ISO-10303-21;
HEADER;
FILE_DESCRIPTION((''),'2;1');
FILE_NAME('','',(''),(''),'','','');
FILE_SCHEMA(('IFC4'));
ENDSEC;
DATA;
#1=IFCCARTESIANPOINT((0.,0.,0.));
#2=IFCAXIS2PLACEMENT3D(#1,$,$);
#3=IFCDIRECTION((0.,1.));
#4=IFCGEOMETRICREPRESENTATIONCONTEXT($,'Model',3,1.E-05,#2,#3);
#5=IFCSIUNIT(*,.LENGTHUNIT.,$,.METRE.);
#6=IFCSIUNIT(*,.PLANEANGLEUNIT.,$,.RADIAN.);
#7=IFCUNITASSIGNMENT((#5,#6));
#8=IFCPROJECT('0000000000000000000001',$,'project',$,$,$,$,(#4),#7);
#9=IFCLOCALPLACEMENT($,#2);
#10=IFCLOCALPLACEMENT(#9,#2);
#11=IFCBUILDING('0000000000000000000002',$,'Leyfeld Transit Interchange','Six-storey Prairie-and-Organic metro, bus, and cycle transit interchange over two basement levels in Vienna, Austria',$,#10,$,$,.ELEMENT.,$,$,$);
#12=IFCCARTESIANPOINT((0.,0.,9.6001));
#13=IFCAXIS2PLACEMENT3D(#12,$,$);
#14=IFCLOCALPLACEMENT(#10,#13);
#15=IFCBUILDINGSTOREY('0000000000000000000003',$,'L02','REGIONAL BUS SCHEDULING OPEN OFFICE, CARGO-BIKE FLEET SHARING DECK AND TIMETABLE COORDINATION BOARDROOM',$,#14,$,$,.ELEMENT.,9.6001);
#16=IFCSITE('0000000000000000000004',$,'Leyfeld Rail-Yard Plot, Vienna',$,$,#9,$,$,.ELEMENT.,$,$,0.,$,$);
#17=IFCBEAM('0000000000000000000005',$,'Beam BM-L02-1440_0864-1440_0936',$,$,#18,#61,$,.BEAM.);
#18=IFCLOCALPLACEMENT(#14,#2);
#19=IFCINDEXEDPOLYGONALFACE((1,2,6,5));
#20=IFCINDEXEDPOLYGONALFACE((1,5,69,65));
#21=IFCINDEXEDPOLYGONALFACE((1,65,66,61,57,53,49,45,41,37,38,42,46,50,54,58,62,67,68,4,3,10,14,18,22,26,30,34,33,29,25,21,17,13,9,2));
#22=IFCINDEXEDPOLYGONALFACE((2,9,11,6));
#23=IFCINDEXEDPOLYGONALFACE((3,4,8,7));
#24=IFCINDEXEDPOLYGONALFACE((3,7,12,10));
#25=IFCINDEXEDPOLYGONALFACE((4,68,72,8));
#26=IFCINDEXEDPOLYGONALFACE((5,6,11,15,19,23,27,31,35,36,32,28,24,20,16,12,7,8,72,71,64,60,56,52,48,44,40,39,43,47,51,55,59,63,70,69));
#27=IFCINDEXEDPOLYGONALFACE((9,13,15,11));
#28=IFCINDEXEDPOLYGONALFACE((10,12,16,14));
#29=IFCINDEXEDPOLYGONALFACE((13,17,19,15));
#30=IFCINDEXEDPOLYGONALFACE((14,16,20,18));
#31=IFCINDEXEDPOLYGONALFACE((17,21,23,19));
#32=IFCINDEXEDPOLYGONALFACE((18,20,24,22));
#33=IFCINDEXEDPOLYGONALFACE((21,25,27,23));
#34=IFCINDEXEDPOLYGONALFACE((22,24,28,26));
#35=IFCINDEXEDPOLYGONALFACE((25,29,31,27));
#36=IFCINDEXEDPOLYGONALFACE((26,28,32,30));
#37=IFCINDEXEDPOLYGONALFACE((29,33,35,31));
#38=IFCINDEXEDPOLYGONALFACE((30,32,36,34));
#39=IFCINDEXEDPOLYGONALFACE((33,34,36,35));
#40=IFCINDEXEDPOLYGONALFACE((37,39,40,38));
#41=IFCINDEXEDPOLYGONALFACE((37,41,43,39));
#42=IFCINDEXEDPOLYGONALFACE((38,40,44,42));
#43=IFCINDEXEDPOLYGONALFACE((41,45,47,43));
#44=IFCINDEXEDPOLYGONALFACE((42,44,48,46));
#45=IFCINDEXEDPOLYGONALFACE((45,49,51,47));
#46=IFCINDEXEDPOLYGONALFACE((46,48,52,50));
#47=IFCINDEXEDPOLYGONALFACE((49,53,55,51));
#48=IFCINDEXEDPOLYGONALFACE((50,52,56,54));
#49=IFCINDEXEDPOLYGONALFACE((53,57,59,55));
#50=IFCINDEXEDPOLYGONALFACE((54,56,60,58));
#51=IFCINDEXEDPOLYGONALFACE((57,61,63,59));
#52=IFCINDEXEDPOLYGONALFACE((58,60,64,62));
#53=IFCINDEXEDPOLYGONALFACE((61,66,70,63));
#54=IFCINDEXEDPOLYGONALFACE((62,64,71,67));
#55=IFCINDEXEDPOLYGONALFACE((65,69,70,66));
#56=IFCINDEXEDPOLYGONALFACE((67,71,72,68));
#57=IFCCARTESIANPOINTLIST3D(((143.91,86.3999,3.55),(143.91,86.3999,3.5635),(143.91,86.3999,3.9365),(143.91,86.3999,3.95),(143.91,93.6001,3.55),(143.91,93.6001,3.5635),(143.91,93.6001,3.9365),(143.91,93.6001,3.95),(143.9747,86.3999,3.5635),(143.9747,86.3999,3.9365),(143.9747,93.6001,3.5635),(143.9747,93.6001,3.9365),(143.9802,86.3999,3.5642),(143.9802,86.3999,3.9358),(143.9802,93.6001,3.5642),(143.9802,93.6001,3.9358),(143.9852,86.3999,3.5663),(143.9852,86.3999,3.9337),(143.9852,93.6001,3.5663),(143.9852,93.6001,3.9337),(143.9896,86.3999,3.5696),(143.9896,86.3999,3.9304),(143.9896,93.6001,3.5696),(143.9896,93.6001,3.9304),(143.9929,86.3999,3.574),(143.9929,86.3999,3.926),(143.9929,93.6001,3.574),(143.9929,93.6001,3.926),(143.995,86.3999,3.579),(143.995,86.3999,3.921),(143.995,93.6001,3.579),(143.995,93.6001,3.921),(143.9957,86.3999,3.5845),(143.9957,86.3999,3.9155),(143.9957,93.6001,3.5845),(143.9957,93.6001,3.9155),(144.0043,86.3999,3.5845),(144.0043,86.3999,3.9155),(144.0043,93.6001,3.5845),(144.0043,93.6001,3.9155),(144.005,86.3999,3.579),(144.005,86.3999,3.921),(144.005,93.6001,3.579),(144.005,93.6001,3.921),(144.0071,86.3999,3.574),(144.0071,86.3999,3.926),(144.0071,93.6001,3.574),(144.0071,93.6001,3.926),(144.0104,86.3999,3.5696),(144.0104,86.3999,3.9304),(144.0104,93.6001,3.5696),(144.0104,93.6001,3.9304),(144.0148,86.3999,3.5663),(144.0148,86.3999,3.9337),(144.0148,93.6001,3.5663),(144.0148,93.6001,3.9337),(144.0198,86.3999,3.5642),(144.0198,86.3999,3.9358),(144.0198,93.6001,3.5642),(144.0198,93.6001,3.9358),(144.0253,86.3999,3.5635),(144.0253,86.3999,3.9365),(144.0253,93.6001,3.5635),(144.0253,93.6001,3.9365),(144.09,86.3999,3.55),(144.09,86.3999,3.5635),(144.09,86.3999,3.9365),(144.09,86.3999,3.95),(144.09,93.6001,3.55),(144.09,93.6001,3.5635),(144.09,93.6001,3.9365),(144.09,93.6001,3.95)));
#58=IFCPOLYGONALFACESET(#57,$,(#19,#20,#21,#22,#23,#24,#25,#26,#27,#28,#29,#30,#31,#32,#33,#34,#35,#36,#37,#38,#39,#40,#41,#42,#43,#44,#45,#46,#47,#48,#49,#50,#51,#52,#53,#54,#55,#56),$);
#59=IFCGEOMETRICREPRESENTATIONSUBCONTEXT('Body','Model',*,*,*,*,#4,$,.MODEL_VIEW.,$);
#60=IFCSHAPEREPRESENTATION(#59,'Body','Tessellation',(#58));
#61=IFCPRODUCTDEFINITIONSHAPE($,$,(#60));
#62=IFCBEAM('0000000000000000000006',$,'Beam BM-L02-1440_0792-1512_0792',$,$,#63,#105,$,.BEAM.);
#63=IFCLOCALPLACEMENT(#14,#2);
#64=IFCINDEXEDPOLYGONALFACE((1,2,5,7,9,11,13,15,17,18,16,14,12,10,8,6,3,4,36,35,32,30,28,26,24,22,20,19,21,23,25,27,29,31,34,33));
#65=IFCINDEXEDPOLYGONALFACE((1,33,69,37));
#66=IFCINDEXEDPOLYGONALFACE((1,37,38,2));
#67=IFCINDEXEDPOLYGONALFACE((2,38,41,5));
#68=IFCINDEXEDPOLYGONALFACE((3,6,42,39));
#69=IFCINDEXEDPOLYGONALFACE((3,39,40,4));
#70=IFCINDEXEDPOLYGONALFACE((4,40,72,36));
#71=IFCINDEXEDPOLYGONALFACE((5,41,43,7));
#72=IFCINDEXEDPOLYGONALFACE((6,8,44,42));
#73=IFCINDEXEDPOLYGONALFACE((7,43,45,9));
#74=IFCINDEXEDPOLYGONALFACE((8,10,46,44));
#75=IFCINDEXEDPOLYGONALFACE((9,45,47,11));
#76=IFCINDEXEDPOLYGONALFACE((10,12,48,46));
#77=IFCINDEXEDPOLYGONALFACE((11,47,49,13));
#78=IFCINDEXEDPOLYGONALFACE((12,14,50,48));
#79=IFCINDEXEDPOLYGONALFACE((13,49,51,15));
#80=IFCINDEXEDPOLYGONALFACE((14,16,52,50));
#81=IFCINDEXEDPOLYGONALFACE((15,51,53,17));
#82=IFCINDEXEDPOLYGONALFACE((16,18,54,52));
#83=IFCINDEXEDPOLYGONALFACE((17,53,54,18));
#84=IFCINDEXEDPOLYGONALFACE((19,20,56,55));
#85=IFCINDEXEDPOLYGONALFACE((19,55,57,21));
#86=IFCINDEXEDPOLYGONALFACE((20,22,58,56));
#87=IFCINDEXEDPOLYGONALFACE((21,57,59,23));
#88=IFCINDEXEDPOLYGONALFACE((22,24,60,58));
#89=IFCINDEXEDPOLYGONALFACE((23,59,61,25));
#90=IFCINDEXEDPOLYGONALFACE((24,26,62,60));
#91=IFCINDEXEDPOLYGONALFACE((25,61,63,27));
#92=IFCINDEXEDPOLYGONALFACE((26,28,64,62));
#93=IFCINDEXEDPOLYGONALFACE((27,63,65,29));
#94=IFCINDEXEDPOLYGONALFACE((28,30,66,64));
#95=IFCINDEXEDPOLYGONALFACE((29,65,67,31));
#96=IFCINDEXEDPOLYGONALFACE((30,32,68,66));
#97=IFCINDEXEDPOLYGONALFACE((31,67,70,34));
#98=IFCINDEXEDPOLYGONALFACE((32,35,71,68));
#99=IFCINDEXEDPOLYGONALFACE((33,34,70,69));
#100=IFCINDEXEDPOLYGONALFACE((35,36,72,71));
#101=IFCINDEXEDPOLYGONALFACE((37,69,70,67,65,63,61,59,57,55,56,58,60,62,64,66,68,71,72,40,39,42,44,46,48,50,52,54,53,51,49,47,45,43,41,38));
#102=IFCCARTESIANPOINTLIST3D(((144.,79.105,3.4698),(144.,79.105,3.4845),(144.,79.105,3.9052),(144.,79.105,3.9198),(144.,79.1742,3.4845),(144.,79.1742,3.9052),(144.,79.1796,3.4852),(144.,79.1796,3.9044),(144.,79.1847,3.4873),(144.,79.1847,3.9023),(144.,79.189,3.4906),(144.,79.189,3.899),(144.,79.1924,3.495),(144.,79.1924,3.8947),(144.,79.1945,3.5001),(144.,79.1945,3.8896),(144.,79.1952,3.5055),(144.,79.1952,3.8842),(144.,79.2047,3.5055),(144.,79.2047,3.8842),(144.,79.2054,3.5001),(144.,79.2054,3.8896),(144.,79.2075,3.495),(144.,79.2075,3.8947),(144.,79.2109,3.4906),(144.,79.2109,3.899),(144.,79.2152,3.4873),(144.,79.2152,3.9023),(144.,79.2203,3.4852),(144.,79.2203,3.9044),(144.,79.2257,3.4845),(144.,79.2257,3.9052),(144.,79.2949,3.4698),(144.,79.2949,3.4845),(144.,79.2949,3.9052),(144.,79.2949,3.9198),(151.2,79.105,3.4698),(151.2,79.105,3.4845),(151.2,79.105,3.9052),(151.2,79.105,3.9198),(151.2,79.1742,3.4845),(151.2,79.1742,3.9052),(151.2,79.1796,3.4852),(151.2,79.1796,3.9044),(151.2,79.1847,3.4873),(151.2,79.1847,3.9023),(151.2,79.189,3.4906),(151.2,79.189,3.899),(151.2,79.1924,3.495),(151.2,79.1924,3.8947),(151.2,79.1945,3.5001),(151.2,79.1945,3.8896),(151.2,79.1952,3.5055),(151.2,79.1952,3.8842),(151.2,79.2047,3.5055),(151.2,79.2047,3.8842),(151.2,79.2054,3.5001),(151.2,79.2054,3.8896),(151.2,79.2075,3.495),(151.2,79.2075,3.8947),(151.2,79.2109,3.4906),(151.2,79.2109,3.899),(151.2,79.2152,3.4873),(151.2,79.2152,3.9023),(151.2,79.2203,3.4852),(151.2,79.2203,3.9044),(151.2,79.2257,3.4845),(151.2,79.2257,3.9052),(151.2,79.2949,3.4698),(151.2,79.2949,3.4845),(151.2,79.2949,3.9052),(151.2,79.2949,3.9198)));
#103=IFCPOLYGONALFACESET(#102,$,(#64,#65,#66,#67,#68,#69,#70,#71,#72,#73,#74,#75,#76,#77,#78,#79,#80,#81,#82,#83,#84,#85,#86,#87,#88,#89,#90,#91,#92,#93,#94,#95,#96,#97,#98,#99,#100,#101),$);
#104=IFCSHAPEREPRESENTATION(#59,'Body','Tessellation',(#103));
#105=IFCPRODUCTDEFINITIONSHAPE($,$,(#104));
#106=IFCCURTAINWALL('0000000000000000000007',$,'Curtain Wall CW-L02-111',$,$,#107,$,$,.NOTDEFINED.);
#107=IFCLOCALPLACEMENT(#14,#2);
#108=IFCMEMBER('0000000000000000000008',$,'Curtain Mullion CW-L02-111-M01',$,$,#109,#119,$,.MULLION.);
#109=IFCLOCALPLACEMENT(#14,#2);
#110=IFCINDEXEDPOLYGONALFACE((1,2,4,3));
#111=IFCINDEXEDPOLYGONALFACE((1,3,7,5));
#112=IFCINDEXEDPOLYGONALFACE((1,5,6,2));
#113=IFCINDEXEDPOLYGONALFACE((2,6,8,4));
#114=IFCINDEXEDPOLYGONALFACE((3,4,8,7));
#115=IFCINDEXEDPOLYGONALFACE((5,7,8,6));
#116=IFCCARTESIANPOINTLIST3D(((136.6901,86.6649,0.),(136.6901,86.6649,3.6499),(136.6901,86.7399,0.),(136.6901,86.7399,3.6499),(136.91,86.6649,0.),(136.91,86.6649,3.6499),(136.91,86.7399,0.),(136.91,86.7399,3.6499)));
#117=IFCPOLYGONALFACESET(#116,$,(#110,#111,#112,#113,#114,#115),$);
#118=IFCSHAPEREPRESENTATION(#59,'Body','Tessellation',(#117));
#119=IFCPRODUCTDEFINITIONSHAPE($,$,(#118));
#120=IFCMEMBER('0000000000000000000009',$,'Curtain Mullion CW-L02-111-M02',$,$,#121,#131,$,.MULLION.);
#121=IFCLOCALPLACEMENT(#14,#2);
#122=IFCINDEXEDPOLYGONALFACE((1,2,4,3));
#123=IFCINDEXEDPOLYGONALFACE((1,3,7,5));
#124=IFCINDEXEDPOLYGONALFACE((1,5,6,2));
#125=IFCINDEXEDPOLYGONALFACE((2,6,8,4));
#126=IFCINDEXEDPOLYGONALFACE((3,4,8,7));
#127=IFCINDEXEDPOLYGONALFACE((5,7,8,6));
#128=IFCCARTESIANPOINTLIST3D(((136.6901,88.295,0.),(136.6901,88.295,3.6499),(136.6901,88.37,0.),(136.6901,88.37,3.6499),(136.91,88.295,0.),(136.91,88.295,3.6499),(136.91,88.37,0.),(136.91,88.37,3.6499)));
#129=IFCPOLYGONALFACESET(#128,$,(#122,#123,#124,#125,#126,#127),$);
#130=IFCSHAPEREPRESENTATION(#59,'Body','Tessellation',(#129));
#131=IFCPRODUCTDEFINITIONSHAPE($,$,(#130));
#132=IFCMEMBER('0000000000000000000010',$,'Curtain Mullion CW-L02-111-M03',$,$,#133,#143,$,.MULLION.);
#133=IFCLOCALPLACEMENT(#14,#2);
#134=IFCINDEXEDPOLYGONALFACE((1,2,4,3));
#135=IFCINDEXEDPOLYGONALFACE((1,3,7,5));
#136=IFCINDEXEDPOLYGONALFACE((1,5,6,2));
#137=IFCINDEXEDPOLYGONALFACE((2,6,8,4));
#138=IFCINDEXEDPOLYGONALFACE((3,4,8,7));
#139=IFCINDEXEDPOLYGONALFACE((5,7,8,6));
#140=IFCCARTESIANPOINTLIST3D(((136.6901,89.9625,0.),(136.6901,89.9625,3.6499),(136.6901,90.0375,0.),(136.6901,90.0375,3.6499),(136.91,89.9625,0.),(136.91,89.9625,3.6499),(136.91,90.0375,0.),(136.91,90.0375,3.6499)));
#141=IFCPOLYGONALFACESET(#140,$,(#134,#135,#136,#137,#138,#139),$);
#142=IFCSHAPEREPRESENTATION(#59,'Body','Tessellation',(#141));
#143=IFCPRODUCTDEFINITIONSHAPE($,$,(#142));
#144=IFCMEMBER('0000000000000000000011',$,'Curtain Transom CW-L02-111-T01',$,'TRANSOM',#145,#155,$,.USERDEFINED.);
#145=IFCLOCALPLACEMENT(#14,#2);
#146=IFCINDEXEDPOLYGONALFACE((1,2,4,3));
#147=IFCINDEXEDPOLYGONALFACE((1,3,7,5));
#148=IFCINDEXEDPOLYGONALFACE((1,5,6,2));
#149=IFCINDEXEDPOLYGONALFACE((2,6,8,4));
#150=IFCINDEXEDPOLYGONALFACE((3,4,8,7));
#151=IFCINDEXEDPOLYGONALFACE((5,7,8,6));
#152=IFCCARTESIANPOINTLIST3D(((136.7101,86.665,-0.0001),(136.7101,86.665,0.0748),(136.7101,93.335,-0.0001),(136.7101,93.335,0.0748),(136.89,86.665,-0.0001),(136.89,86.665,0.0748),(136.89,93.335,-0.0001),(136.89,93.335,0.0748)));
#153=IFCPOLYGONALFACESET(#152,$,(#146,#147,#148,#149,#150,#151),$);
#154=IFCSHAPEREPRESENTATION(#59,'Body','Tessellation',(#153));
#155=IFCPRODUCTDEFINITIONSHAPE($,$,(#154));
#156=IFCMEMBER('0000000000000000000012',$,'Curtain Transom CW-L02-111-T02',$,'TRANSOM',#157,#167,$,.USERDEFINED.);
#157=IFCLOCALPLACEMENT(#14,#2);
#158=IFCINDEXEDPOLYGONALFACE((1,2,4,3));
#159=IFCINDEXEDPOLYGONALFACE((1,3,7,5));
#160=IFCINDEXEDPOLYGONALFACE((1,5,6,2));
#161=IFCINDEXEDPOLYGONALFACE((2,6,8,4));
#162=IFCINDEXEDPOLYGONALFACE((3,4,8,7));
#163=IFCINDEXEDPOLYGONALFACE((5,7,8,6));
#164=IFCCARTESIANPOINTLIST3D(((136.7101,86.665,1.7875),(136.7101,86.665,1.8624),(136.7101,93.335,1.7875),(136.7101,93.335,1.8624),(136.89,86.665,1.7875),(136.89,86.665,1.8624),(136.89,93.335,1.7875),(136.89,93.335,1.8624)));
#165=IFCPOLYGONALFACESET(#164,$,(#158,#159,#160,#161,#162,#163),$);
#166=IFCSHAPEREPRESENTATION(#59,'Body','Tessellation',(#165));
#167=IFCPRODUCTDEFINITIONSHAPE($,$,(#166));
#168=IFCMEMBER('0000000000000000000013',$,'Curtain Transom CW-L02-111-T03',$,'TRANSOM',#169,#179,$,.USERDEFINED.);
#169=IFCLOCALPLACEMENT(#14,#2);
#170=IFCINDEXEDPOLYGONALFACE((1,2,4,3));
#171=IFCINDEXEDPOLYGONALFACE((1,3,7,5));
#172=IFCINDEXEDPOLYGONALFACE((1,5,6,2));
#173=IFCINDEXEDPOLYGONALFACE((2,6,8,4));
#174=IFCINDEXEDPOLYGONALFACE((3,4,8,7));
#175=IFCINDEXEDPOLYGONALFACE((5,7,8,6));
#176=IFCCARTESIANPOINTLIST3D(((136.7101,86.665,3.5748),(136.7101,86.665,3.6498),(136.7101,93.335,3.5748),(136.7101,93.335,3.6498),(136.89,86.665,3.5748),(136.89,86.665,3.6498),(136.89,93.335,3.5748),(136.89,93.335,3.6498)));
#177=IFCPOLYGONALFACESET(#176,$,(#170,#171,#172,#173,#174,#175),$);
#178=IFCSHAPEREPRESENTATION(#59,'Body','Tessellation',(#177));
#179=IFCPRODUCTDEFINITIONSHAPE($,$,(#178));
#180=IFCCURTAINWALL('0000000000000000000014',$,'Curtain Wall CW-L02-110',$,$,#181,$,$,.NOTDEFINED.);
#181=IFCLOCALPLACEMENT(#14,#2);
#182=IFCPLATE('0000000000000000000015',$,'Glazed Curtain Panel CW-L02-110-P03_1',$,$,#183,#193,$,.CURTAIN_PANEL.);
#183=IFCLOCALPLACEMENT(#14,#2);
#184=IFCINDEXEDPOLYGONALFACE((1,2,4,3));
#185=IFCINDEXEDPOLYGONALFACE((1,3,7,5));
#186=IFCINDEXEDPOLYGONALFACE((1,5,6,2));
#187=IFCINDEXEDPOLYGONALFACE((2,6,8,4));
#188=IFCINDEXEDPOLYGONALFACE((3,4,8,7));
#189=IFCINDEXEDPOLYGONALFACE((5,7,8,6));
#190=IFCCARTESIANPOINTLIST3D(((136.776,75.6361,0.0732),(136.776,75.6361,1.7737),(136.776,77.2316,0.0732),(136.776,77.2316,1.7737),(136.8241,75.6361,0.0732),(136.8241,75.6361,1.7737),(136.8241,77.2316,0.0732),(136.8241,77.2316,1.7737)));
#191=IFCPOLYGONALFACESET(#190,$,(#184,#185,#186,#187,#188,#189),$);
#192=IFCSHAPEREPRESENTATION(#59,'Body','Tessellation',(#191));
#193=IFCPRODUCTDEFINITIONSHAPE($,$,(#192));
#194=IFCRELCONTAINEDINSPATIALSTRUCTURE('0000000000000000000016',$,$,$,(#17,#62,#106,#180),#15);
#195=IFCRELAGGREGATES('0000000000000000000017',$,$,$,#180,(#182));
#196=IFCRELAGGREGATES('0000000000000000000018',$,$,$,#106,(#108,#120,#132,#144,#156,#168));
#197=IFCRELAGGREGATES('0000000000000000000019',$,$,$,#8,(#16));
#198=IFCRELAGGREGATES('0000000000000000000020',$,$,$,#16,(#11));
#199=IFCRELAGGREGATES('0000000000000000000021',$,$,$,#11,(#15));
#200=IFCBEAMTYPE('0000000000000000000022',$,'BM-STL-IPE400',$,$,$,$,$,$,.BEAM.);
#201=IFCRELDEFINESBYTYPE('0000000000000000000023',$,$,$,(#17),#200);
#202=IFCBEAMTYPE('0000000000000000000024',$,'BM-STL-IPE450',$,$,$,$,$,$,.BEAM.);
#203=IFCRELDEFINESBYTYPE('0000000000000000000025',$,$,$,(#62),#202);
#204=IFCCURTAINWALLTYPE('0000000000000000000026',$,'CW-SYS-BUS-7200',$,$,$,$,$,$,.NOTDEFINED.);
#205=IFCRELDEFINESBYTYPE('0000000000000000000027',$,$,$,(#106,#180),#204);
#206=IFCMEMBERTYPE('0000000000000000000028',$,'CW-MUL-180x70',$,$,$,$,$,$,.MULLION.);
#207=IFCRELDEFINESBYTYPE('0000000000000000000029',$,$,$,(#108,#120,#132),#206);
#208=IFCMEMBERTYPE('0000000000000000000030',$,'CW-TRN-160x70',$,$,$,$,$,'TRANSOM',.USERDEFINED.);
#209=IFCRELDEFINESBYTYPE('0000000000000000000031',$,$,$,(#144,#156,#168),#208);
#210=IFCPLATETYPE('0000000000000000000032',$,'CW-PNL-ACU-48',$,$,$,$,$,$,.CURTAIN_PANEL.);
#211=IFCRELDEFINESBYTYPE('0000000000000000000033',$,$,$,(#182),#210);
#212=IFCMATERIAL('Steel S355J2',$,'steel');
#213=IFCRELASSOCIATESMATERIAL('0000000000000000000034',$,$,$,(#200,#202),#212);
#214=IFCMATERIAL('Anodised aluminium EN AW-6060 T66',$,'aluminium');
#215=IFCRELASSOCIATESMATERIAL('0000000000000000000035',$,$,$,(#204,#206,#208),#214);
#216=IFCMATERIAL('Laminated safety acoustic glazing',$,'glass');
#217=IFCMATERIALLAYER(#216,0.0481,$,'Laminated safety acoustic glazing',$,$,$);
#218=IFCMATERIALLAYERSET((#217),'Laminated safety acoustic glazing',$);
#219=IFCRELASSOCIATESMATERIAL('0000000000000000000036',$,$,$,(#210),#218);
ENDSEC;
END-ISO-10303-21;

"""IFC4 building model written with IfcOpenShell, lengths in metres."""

from ifc_helpers import new_model, si_unit, direction, frame, origin, origin_2d, place, context, subcontext, project, spatial, rectangle, i_section, extrude, material, layer, layer_set, material_profile, profile_set, type_object, element, aggregate, save


model = new_model("IFC4")

# Units and contexts
model_context = context("Model", 3, precision=1e-05, world=origin(), true_north=direction((0.0, 1.0)))
body_context = subcontext(model_context, "Body", "Model", "MODEL_VIEW")
ifc_project = project(units=[si_unit("LENGTHUNIT", "METRE"), si_unit("PLANEANGLEUNIT", "RADIAN")], contexts=[model_context])

# Site, building, storey
site_placement = place(None, origin())
site = spatial("IfcSite", under=ifc_project, at=site_placement, Name="Leyfeld Rail-Yard Plot, Vienna", CompositionType="ELEMENT", RefElevation=0.0)
building_placement = place(site_placement, origin())
building = spatial("IfcBuilding", under=site, at=building_placement, Name="Leyfeld Transit Interchange", Description="Six-storey Prairie-and-Organic metro, bus, and cycle transit interchange over two basement levels in Vienna, Austria", CompositionType="ELEMENT")
storey_placement = place(building_placement, frame((0.0, 0.0, 9.6001)))
storey = spatial("IfcBuildingStorey", under=building, at=storey_placement, Name="L02", Description="REGIONAL BUS SCHEDULING OPEN OFFICE, CARGO-BIKE FLEET SHARING DECK AND TIMETABLE COORDINATION BOARDROOM", CompositionType="ELEMENT", Elevation=9.6001)

# Beams
ifc_material_1 = material(Name="Steel S355J2", Category="steel")
ifc_material_profile_1 = material_profile(ifc_material_1, i_section(OverallWidth=0.1799, OverallDepth=0.3999, WebThickness=0.0085, FlangeThickness=0.0134, FilletRadius=0.021, at=origin_2d()), Name="IPE 400")
ifc_profile_set_1 = profile_set([ifc_material_profile_1], Name="Steel S355J2")
beam_type_1 = type_object("IfcBeamType", Name="BM-STL-IPE400", PredefinedType="BEAM", material=ifc_profile_set_1)
beam_1_placement = place(storey_placement, frame((144.0, 86.3999, 3.75), z_axis=(0.0, 1.0, 0.0), x_axis=(-1.0, 0.0, 0.0)))
element("IfcBeam", 1, at=beam_1_placement, inside=storey, type_object=beam_type_1, Name="Beam BM-L02-1440_0864-1440_0936", PredefinedType="BEAM", context=body_context, shape_type="SweptSolid", body=[
    extrude(i_section(OverallWidth=0.1799, OverallDepth=0.3999, WebThickness=0.0085, FlangeThickness=0.0134, FilletRadius=0.021, at=origin_2d()), origin(), (0.0, 0.0, 1.0), 7.2002),
])
ifc_material_profile_2 = material_profile(ifc_material_1, i_section(OverallWidth=0.1899, OverallDepth=0.45, WebThickness=0.0095, FlangeThickness=0.0146, FilletRadius=0.021, at=origin_2d()), Name="IPE 450")
ifc_profile_set_2 = profile_set([ifc_material_profile_2], Name="Steel S355J2")
beam_type_2 = type_object("IfcBeamType", Name="BM-STL-IPE450", PredefinedType="BEAM", material=ifc_profile_set_2)
beam_2_placement = place(storey_placement, frame((144.0, 79.2, 3.6948), z_axis=(1.0, 0.0, 0.0), x_axis=(0.0, 1.0, 0.0)))
element("IfcBeam", 2, at=beam_2_placement, inside=storey, type_object=beam_type_2, Name="Beam BM-L02-1440_0792-1512_0792", PredefinedType="BEAM", context=body_context, shape_type="SweptSolid", body=[
    extrude(i_section(OverallWidth=0.1899, OverallDepth=0.45, WebThickness=0.0095, FlangeThickness=0.0146, FilletRadius=0.021, at=origin_2d()), origin(), (0.0, 0.0, 1.0), 7.2),
])

# Curtain wall, members
ifc_material_2 = material(Name="Anodised aluminium EN AW-6060 T66", Category="aluminium")
curtain_wall_type = type_object("IfcCurtainWallType", Name="CW-SYS-BUS-7200", PredefinedType="NOTDEFINED", material=ifc_material_2)
curtain_wall_1_placement = place(storey_placement, origin())
curtain_wall_1 = element("IfcCurtainWall", 3, at=curtain_wall_1_placement, inside=storey, type_object=curtain_wall_type, Name="Curtain Wall CW-L02-111", PredefinedType="NOTDEFINED")
ifc_material_profile_3 = material_profile(ifc_material_2, rectangle(XDim=0.075, YDim=0.22, at=origin_2d()), Name="CW-M 75x220")
ifc_profile_set_3 = profile_set([ifc_material_profile_3], Name="Anodised aluminium EN AW-6060 T66")
member_type_1 = type_object("IfcMemberType", Name="CW-MUL-180x70", PredefinedType="MULLION", material=ifc_profile_set_3)
member_1_placement = place(storey_placement, frame((136.8, 86.7024, 0.0), z_axis=(0.0, 0.0, 1.0), x_axis=(0.0, 1.0, 0.0)))
member_1 = element("IfcMember", 4, at=member_1_placement, type_object=member_type_1, Name="Curtain Mullion CW-L02-111-M01", PredefinedType="MULLION", context=body_context, shape_type="SweptSolid", body=[
    extrude(rectangle(XDim=0.075, YDim=0.22, at=origin_2d()), origin(), (0.0, 0.0, 1.0), 3.6499),
])
member_2_placement = place(storey_placement, frame((136.8, 88.3325, 0.0), z_axis=(0.0, 0.0, 1.0), x_axis=(0.0, 1.0, 0.0)))
member_2 = element("IfcMember", 5, at=member_2_placement, type_object=member_type_1, Name="Curtain Mullion CW-L02-111-M02", PredefinedType="MULLION", context=body_context, shape_type="SweptSolid", body=[
    extrude(rectangle(XDim=0.075, YDim=0.22, at=origin_2d()), origin(), (0.0, 0.0, 1.0), 3.6499),
])
member_3_placement = place(storey_placement, frame((136.8, 90.0, 0.0), z_axis=(0.0, 0.0, 1.0), x_axis=(0.0, 1.0, 0.0)))
member_3 = element("IfcMember", 6, at=member_3_placement, type_object=member_type_1, Name="Curtain Mullion CW-L02-111-M03", PredefinedType="MULLION", context=body_context, shape_type="SweptSolid", body=[
    extrude(rectangle(XDim=0.075, YDim=0.22, at=origin_2d()), origin(), (0.0, 0.0, 1.0), 3.6499),
])
ifc_material_profile_4 = material_profile(ifc_material_2, rectangle(XDim=0.1799, YDim=0.075, at=origin_2d()), Name="CW-TRN-160x70")
ifc_profile_set_4 = profile_set([ifc_material_profile_4], Name="Anodised aluminium EN AW-6060 T66")
member_type_2 = type_object("IfcMemberType", Name="CW-TRN-160x70", ElementType="TRANSOM", PredefinedType="USERDEFINED", material=ifc_profile_set_4)
member_4_placement = place(storey_placement, frame((136.8, 86.665, 0.0374), z_axis=(0.0, 1.0, 0.0), x_axis=(-1.0, 0.0, 0.0)))
member_4 = element("IfcMember", 7, at=member_4_placement, type_object=member_type_2, Name="Curtain Transom CW-L02-111-T01", ObjectType="TRANSOM", PredefinedType="USERDEFINED", context=body_context, shape_type="SweptSolid", body=[
    extrude(rectangle(XDim=0.1799, YDim=0.075, at=origin_2d()), origin(), (0.0, 0.0, 1.0), 6.6699),
])
member_5_placement = place(storey_placement, frame((136.8, 86.665, 1.825), z_axis=(0.0, 1.0, 0.0), x_axis=(-1.0, 0.0, 0.0)))
member_5 = element("IfcMember", 8, at=member_5_placement, type_object=member_type_2, Name="Curtain Transom CW-L02-111-T02", ObjectType="TRANSOM", PredefinedType="USERDEFINED", context=body_context, shape_type="SweptSolid", body=[
    extrude(rectangle(XDim=0.1799, YDim=0.075, at=origin_2d()), origin(), (0.0, 0.0, 1.0), 6.6699),
])
member_6_placement = place(storey_placement, frame((136.8, 86.665, 3.6123), z_axis=(0.0, 1.0, 0.0), x_axis=(-1.0, 0.0, 0.0)))
member_6 = element("IfcMember", 9, at=member_6_placement, type_object=member_type_2, Name="Curtain Transom CW-L02-111-T03", ObjectType="TRANSOM", PredefinedType="USERDEFINED", context=body_context, shape_type="SweptSolid", body=[
    extrude(rectangle(XDim=0.1799, YDim=0.075, at=origin_2d()), origin(), (0.0, 0.0, 1.0), 6.6699),
])

# Curtain wall, plate
curtain_wall_2_placement = place(storey_placement, origin())
curtain_wall_2 = element("IfcCurtainWall", 10, at=curtain_wall_2_placement, inside=storey, type_object=curtain_wall_type, Name="Curtain Wall CW-L02-110", PredefinedType="NOTDEFINED")
ifc_material_3 = material(Name="Laminated safety acoustic glazing", Category="glass")
ifc_layer_1 = layer(ifc_material_3, 0.0481, Name="Laminated safety acoustic glazing")
ifc_layer_set_1 = layer_set([ifc_layer_1], Name="Laminated safety acoustic glazing")
plate_type = type_object("IfcPlateType", Name="CW-PNL-ACU-48", PredefinedType="CURTAIN_PANEL", material=ifc_layer_set_1)
plate_1_placement = place(storey_placement, frame((136.8, 76.4338, 0.0732), z_axis=(0.0, 0.0, 1.0), x_axis=(0.0, 1.0, 0.0)))
plate_1 = element("IfcPlate", 11, at=plate_1_placement, type_object=plate_type, Name="Glazed Curtain Panel CW-L02-110-P03_1", PredefinedType="CURTAIN_PANEL", context=body_context, shape_type="SweptSolid", body=[
    extrude(rectangle(XDim=1.5955, YDim=0.0481, at=origin_2d()), origin(), (0.0, 0.0, 1.0), 1.7004),
])
aggregate(curtain_wall_2, [plate_1])

aggregate(curtain_wall_1, [member_1, member_2, member_3, member_4, member_5, member_6])

save(model, "model.ifc")
